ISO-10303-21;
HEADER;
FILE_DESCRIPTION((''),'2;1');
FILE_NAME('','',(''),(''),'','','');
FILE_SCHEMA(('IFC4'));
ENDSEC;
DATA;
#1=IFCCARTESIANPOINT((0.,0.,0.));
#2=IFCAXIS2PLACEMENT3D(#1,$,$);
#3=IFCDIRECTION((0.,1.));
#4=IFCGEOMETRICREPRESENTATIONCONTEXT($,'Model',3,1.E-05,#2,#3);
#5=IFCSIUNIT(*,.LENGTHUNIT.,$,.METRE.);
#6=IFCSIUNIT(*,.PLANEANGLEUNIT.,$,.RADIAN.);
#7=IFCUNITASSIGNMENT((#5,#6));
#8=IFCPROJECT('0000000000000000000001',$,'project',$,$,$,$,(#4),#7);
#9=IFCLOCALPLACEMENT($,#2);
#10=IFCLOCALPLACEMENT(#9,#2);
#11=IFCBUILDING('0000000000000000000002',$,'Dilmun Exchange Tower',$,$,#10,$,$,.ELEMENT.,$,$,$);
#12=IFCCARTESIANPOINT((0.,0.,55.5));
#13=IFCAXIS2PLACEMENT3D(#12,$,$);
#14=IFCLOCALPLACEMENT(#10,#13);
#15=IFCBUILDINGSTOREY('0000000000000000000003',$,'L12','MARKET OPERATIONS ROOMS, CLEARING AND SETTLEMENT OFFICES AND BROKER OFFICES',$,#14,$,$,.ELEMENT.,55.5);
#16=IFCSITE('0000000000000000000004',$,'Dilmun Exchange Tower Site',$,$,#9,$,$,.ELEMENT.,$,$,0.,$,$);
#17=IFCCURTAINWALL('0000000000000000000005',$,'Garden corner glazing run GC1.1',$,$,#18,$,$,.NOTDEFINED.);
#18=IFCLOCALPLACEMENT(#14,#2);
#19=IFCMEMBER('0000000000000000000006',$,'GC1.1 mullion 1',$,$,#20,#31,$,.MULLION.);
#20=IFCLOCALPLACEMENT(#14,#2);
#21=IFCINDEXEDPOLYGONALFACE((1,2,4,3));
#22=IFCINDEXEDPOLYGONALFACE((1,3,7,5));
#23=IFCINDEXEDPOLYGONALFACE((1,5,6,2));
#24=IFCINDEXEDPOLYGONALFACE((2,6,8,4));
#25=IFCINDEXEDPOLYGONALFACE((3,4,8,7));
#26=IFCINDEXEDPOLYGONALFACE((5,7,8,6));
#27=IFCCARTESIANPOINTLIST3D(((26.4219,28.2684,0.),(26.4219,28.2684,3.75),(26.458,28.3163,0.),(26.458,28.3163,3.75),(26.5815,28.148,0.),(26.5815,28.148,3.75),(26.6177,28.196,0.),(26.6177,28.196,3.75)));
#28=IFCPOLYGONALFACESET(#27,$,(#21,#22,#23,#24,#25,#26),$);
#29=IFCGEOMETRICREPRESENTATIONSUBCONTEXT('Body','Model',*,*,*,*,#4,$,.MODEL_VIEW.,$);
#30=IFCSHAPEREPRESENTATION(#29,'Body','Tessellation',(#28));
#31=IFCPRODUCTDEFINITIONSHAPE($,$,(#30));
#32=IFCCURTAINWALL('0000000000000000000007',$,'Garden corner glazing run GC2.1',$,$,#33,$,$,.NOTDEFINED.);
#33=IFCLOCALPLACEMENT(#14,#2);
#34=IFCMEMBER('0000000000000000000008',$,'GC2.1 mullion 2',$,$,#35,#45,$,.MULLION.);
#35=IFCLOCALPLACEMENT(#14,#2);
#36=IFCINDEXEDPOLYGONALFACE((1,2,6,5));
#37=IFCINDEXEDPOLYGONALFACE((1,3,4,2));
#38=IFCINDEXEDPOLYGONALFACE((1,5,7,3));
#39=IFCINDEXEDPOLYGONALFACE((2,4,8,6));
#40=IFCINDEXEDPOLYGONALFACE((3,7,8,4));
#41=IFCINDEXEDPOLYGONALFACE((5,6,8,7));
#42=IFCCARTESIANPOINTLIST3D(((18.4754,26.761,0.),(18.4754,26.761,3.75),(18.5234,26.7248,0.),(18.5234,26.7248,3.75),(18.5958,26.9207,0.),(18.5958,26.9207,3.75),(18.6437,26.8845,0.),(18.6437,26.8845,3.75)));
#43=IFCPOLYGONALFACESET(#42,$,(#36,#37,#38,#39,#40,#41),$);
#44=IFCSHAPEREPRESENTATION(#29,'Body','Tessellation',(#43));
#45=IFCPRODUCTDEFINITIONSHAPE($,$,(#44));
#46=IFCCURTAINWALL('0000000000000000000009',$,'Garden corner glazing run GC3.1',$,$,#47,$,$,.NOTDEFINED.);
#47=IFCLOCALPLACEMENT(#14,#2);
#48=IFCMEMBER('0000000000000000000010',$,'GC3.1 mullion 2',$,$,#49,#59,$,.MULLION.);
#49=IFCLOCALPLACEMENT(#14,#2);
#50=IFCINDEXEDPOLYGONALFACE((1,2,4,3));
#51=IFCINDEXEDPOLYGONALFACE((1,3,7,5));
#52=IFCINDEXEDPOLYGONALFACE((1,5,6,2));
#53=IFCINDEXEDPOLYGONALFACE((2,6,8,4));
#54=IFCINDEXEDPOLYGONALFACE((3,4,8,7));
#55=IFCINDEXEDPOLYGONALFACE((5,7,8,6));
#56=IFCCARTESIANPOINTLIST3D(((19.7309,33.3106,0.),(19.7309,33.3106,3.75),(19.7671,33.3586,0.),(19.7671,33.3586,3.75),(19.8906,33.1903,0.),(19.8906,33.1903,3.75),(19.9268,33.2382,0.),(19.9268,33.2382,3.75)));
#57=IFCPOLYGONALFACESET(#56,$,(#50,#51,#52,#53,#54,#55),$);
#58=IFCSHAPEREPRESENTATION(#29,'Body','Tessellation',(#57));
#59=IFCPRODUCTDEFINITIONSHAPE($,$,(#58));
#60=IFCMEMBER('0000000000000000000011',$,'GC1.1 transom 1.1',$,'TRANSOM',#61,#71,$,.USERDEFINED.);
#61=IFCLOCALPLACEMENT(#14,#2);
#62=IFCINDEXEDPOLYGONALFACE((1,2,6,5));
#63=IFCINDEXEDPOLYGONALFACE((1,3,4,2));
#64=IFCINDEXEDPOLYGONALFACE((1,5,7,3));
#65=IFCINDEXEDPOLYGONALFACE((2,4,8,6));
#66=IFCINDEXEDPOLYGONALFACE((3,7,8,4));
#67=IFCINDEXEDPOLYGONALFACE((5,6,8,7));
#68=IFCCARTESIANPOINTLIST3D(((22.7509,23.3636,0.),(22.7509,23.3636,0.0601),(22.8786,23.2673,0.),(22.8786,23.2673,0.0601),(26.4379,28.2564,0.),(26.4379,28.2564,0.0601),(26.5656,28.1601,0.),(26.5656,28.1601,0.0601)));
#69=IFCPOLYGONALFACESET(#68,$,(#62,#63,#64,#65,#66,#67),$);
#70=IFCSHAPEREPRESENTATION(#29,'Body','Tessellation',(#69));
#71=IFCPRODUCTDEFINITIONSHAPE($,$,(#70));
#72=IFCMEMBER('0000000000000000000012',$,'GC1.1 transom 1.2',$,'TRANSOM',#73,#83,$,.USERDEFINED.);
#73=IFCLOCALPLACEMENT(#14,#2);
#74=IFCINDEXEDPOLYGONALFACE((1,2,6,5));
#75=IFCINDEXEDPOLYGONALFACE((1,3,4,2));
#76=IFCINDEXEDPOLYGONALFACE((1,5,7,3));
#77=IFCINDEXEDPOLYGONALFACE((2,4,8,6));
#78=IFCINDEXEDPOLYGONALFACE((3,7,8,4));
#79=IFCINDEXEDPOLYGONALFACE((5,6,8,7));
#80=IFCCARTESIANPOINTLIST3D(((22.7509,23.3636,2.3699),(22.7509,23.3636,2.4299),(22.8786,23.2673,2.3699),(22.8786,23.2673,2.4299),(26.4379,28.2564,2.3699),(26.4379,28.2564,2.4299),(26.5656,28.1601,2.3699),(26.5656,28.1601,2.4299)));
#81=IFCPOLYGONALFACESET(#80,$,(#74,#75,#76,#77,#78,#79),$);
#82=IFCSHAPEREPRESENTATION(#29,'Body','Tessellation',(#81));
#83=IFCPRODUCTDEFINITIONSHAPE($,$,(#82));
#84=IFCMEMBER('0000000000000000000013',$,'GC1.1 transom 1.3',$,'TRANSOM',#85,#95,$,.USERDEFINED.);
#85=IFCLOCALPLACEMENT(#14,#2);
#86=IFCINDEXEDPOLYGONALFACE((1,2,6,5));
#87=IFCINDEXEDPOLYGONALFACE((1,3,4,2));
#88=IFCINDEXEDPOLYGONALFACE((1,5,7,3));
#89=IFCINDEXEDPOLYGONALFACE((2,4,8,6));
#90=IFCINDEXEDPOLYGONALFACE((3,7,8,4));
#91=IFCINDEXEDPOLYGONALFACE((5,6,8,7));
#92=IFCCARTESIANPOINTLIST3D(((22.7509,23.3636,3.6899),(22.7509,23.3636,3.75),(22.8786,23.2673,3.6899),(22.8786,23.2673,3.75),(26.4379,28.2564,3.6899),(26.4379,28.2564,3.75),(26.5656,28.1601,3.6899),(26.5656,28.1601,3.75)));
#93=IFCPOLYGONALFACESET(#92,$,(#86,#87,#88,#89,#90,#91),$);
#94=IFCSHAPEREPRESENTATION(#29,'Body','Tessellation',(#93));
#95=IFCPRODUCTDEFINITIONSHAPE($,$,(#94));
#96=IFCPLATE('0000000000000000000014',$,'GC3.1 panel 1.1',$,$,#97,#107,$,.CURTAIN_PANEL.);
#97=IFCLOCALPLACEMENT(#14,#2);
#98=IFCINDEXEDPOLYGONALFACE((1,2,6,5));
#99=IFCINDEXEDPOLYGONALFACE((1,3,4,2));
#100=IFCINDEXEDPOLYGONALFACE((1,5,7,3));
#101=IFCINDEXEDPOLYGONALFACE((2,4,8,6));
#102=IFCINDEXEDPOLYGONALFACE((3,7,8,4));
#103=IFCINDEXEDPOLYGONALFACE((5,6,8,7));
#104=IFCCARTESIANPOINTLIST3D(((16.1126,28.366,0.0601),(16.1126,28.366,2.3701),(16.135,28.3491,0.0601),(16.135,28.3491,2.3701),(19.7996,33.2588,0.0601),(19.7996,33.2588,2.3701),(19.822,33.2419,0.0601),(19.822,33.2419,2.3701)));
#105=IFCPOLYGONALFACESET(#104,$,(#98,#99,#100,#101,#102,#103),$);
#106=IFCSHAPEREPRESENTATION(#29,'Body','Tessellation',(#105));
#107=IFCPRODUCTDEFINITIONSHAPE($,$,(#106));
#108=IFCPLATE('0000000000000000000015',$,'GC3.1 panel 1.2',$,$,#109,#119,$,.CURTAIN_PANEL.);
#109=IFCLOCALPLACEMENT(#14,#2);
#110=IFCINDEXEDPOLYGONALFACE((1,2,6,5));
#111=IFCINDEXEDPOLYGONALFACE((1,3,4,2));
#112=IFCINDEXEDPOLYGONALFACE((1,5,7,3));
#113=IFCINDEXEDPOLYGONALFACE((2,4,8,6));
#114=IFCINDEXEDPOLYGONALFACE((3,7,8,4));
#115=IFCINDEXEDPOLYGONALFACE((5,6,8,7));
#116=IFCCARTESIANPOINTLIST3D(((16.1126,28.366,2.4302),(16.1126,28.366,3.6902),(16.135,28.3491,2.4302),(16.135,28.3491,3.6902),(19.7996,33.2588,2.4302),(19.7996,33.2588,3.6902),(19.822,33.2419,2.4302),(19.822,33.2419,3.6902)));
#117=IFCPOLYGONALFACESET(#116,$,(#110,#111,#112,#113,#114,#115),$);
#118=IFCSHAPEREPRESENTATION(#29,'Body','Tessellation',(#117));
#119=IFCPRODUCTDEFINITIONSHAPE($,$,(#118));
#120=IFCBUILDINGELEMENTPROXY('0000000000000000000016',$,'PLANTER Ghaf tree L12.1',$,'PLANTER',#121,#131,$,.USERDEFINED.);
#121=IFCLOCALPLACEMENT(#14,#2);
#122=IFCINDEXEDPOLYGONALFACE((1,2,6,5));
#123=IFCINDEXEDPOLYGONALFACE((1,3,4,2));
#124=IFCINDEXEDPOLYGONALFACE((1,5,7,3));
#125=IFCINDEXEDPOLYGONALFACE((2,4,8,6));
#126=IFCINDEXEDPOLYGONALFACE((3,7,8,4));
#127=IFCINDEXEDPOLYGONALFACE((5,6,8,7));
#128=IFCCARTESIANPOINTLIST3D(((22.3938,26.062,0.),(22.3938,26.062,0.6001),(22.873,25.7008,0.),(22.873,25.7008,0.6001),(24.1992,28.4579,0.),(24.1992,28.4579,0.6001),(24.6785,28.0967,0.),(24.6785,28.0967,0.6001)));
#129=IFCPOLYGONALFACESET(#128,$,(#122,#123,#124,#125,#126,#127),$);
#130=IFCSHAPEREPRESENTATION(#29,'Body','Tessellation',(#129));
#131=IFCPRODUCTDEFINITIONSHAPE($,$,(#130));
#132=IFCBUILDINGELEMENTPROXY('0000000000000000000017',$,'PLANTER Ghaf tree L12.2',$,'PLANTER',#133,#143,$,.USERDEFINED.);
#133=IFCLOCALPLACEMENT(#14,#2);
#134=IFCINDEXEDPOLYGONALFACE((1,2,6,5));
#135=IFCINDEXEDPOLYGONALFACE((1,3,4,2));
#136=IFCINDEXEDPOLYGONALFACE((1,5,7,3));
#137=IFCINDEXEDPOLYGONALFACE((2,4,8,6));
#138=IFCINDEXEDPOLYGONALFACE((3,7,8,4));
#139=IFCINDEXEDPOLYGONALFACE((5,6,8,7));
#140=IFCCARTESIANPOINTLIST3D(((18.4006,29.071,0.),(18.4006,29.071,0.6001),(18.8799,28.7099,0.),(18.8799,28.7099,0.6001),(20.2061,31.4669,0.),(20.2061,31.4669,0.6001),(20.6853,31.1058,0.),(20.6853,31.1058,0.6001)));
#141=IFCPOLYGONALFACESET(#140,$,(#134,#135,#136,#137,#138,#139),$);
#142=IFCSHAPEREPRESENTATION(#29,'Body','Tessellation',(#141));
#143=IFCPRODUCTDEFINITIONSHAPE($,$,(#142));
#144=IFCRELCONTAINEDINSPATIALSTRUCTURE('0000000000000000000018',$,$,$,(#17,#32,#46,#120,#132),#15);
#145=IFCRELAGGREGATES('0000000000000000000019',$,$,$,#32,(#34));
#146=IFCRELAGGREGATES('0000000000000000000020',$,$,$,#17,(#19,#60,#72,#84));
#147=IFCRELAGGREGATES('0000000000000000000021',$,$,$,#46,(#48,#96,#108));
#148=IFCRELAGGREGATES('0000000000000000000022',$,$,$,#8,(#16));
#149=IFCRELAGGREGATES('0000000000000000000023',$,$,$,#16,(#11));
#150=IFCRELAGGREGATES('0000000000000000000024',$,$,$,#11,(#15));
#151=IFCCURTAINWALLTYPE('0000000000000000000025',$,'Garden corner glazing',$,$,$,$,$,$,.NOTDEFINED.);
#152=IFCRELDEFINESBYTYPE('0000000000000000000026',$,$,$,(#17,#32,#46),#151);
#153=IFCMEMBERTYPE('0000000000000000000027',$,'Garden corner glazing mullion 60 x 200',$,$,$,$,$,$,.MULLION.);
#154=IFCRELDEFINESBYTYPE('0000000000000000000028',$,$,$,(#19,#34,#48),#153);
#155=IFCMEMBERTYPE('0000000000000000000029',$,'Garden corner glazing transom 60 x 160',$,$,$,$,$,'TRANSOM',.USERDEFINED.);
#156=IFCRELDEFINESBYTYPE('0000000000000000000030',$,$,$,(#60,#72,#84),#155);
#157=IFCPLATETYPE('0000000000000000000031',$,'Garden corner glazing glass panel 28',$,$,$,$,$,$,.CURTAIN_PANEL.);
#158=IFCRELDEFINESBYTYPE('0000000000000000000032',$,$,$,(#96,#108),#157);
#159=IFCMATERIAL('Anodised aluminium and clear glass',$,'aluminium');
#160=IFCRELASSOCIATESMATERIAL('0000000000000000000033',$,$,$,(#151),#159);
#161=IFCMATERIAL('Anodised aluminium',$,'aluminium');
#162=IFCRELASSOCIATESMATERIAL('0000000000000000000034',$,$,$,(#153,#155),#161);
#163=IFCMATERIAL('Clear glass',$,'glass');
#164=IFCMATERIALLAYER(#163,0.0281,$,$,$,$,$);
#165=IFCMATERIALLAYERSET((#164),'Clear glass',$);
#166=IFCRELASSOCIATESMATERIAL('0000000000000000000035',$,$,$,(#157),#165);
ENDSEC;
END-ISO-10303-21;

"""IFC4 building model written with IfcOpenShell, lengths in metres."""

from ifc_helpers import new_model, si_unit, direction, frame, origin, origin_2d, place, context, subcontext, project, spatial, rectangle, extrude, material, layer, layer_set, material_profile, profile_set, type_object, element, aggregate, save


model = new_model("IFC4")

# Units and contexts
model_context = context("Model", 3, precision=1e-05, world=origin(), true_north=direction((0.0, 1.0)))
body_context = subcontext(model_context, "Body", "Model", "MODEL_VIEW")
ifc_project = project(units=[si_unit("LENGTHUNIT", "METRE"), si_unit("PLANEANGLEUNIT", "RADIAN")], contexts=[model_context])

# Site, building, storey
site_placement = place(None, origin())
site = spatial("IfcSite", under=ifc_project, at=site_placement, Name="Dilmun Exchange Tower Site", CompositionType="ELEMENT", RefElevation=0.0)
building_placement = place(site_placement, origin())
building = spatial("IfcBuilding", under=site, at=building_placement, Name="Dilmun Exchange Tower", CompositionType="ELEMENT")
storey_placement = place(building_placement, frame((0.0, 0.0, 55.5)))
storey = spatial("IfcBuildingStorey", under=building, at=storey_placement, Name="L12", Description="MARKET OPERATIONS ROOMS, CLEARING AND SETTLEMENT OFFICES AND BROKER OFFICES", CompositionType="ELEMENT", Elevation=55.5)

# Curtain walls, members
ifc_material_1 = material(Name="Anodised aluminium and clear glass", Category="aluminium")
curtain_wall_type = type_object("IfcCurtainWallType", Name="Garden corner glazing", PredefinedType="NOTDEFINED", material=ifc_material_1)
curtain_wall_1_placement = place(storey_placement, origin())
curtain_wall_1 = element("IfcCurtainWall", 1, at=curtain_wall_1_placement, inside=storey, type_object=curtain_wall_type, Name="Garden corner glazing run GC1.1", PredefinedType="NOTDEFINED")
ifc_material_2 = material(Name="Anodised aluminium", Category="aluminium")
ifc_material_profile_1 = material_profile(ifc_material_2, rectangle(XDim=0.2, YDim=0.0601, at=origin_2d()), Name="AL 60x200")
ifc_profile_set_1 = profile_set([ifc_material_profile_1], Name="Anodised aluminium")
member_type_1 = type_object("IfcMemberType", Name="Garden corner glazing mullion 60 x 200", PredefinedType="MULLION", material=ifc_profile_set_1)
member_1_placement = place(storey_placement, frame((26.5198, 28.2322, 0.0), z_axis=(0.0, 0.0, 1.0), x_axis=(0.798634, -0.601817, 0.0)))
member_1 = element("IfcMember", 2, at=member_1_placement, type_object=member_type_1, Name="GC1.1 mullion 1", PredefinedType="MULLION", context=body_context, shape_type="SweptSolid", body=[
    extrude(rectangle(XDim=0.2, YDim=0.0601, at=origin_2d()), origin(), (0.0, 0.0, 1.0), 3.75),
])
curtain_wall_2_placement = place(storey_placement, origin())
curtain_wall_2 = element("IfcCurtainWall", 3, at=curtain_wall_2_placement, inside=storey, type_object=curtain_wall_type, Name="Garden corner glazing run GC2.1", PredefinedType="NOTDEFINED")
member_2_placement = place(storey_placement, frame((18.5596, 26.8228, 0.0), z_axis=(0.0, 0.0, 1.0), x_axis=(-0.601822, -0.798631, 0.0)))
member_2 = element("IfcMember", 4, at=member_2_placement, type_object=member_type_1, Name="GC2.1 mullion 2", PredefinedType="MULLION", context=body_context, shape_type="SweptSolid", body=[
    extrude(rectangle(XDim=0.2, YDim=0.0601, at=origin_2d()), origin(), (0.0, 0.0, 1.0), 3.75),
])
aggregate(curtain_wall_2, [member_2])
curtain_wall_3_placement = place(storey_placement, origin())
curtain_wall_3 = element("IfcCurtainWall", 5, at=curtain_wall_3_placement, inside=storey, type_object=curtain_wall_type, Name="Garden corner glazing run GC3.1", PredefinedType="NOTDEFINED")
member_3_placement = place(storey_placement, frame((19.8289, 33.2744, 0.0), z_axis=(0.0, 0.0, 1.0), x_axis=(-0.798634, 0.601817, 0.0)))
member_3 = element("IfcMember", 6, at=member_3_placement, type_object=member_type_1, Name="GC3.1 mullion 2", PredefinedType="MULLION", context=body_context, shape_type="SweptSolid", body=[
    extrude(rectangle(XDim=0.2, YDim=0.0601, at=origin_2d()), origin(), (0.0, 0.0, 1.0), 3.75),
])

# Members
ifc_material_profile_2 = material_profile(ifc_material_2, rectangle(XDim=0.1599, YDim=0.0601, at=origin_2d()), Name="AL 60x160")
ifc_profile_set_2 = profile_set([ifc_material_profile_2], Name="Anodised aluminium")
member_type_2 = type_object("IfcMemberType", Name="Garden corner glazing transom 60 x 160", ElementType="TRANSOM", PredefinedType="USERDEFINED", material=ifc_profile_set_2)
member_4_placement = place(storey_placement, frame((26.5017, 28.2083, 0.03), z_axis=(-0.601816, -0.798635, 0.0), x_axis=(0.798635, -0.601816, 0.0)))
member_4 = element("IfcMember", 7, at=member_4_placement, type_object=member_type_2, Name="GC1.1 transom 1.1", ObjectType="TRANSOM", PredefinedType="USERDEFINED", context=body_context, shape_type="SweptSolid", body=[
    extrude(rectangle(XDim=0.1599, YDim=0.0601, at=origin_2d()), origin(), (0.0, 0.0, 1.0), 6.1265),
])
member_5_placement = place(storey_placement, frame((26.5017, 28.2083, 2.3999), z_axis=(-0.601816, -0.798635, 0.0), x_axis=(0.798635, -0.601816, 0.0)))
member_5 = element("IfcMember", 8, at=member_5_placement, type_object=member_type_2, Name="GC1.1 transom 1.2", ObjectType="TRANSOM", PredefinedType="USERDEFINED", context=body_context, shape_type="SweptSolid", body=[
    extrude(rectangle(XDim=0.1599, YDim=0.0601, at=origin_2d()), origin(), (0.0, 0.0, 1.0), 6.1265),
])
member_6_placement = place(storey_placement, frame((26.5017, 28.2083, 3.72), z_axis=(-0.601816, -0.798635, 0.0), x_axis=(0.798635, -0.601816, 0.0)))
member_6 = element("IfcMember", 9, at=member_6_placement, type_object=member_type_2, Name="GC1.1 transom 1.3", ObjectType="TRANSOM", PredefinedType="USERDEFINED", context=body_context, shape_type="SweptSolid", body=[
    extrude(rectangle(XDim=0.1599, YDim=0.0601, at=origin_2d()), origin(), (0.0, 0.0, 1.0), 6.1265),
])
aggregate(curtain_wall_1, [member_1, member_4, member_5, member_6])

# Plates
ifc_material_3 = material(Name="Clear glass", Category="glass")
ifc_layer_1 = layer(ifc_material_3, 0.0281)
ifc_layer_set_1 = layer_set([ifc_layer_1], Name="Clear glass")
plate_type = type_object("IfcPlateType", Name="Garden corner glazing glass panel 28", PredefinedType="CURTAIN_PANEL", material=ifc_layer_set_1)
plate_1_placement = place(storey_placement, frame((17.9673, 30.804, 0.0601), z_axis=(0.0, 0.0, 1.0), x_axis=(0.601817, 0.798634, 0.0)))
plate_1 = element("IfcPlate", 10, at=plate_1_placement, type_object=plate_type, Name="GC3.1 panel 1.1", PredefinedType="CURTAIN_PANEL", context=body_context, shape_type="SweptSolid", body=[
    extrude(rectangle(XDim=6.1265, YDim=0.0281, at=origin_2d()), origin(), (0.0, 0.0, 1.0), 2.3101),
])
plate_2_placement = place(storey_placement, frame((17.9673, 30.804, 2.4302), z_axis=(0.0, 0.0, 1.0), x_axis=(0.601817, 0.798634, 0.0)))
plate_2 = element("IfcPlate", 11, at=plate_2_placement, type_object=plate_type, Name="GC3.1 panel 1.2", PredefinedType="CURTAIN_PANEL", context=body_context, shape_type="SweptSolid", body=[
    extrude(rectangle(XDim=6.1265, YDim=0.0281, at=origin_2d()), origin(), (0.0, 0.0, 1.0), 1.26),
])
aggregate(curtain_wall_3, [member_3, plate_1, plate_2])

# Building element proxies
for number, where, z_axis, x_axis, name in (
    (12, (23.5361, 27.0793, 0.0), (0.0, 0.0, 1.0), (0.601815, 0.798636, 0.0), "PLANTER Ghaf tree L12.1"),
    (13, (19.543, 30.0884, 0.0), (0.0, 0.0, 1.0), (0.601815, 0.798636, 0.0), "PLANTER Ghaf tree L12.2"),
):
    element("IfcBuildingElementProxy", number, at=place(storey_placement, frame(where, z_axis=z_axis, x_axis=x_axis)), inside=storey, Name=name, ObjectType="PLANTER", PredefinedType="USERDEFINED", context=body_context, shape_type="SweptSolid", body=[
        extrude(rectangle(XDim=3.0, YDim=0.6001, at=origin_2d()), origin(), (0.0, 0.0, 1.0), 0.6001),
    ])

save(model, "model.ifc")
